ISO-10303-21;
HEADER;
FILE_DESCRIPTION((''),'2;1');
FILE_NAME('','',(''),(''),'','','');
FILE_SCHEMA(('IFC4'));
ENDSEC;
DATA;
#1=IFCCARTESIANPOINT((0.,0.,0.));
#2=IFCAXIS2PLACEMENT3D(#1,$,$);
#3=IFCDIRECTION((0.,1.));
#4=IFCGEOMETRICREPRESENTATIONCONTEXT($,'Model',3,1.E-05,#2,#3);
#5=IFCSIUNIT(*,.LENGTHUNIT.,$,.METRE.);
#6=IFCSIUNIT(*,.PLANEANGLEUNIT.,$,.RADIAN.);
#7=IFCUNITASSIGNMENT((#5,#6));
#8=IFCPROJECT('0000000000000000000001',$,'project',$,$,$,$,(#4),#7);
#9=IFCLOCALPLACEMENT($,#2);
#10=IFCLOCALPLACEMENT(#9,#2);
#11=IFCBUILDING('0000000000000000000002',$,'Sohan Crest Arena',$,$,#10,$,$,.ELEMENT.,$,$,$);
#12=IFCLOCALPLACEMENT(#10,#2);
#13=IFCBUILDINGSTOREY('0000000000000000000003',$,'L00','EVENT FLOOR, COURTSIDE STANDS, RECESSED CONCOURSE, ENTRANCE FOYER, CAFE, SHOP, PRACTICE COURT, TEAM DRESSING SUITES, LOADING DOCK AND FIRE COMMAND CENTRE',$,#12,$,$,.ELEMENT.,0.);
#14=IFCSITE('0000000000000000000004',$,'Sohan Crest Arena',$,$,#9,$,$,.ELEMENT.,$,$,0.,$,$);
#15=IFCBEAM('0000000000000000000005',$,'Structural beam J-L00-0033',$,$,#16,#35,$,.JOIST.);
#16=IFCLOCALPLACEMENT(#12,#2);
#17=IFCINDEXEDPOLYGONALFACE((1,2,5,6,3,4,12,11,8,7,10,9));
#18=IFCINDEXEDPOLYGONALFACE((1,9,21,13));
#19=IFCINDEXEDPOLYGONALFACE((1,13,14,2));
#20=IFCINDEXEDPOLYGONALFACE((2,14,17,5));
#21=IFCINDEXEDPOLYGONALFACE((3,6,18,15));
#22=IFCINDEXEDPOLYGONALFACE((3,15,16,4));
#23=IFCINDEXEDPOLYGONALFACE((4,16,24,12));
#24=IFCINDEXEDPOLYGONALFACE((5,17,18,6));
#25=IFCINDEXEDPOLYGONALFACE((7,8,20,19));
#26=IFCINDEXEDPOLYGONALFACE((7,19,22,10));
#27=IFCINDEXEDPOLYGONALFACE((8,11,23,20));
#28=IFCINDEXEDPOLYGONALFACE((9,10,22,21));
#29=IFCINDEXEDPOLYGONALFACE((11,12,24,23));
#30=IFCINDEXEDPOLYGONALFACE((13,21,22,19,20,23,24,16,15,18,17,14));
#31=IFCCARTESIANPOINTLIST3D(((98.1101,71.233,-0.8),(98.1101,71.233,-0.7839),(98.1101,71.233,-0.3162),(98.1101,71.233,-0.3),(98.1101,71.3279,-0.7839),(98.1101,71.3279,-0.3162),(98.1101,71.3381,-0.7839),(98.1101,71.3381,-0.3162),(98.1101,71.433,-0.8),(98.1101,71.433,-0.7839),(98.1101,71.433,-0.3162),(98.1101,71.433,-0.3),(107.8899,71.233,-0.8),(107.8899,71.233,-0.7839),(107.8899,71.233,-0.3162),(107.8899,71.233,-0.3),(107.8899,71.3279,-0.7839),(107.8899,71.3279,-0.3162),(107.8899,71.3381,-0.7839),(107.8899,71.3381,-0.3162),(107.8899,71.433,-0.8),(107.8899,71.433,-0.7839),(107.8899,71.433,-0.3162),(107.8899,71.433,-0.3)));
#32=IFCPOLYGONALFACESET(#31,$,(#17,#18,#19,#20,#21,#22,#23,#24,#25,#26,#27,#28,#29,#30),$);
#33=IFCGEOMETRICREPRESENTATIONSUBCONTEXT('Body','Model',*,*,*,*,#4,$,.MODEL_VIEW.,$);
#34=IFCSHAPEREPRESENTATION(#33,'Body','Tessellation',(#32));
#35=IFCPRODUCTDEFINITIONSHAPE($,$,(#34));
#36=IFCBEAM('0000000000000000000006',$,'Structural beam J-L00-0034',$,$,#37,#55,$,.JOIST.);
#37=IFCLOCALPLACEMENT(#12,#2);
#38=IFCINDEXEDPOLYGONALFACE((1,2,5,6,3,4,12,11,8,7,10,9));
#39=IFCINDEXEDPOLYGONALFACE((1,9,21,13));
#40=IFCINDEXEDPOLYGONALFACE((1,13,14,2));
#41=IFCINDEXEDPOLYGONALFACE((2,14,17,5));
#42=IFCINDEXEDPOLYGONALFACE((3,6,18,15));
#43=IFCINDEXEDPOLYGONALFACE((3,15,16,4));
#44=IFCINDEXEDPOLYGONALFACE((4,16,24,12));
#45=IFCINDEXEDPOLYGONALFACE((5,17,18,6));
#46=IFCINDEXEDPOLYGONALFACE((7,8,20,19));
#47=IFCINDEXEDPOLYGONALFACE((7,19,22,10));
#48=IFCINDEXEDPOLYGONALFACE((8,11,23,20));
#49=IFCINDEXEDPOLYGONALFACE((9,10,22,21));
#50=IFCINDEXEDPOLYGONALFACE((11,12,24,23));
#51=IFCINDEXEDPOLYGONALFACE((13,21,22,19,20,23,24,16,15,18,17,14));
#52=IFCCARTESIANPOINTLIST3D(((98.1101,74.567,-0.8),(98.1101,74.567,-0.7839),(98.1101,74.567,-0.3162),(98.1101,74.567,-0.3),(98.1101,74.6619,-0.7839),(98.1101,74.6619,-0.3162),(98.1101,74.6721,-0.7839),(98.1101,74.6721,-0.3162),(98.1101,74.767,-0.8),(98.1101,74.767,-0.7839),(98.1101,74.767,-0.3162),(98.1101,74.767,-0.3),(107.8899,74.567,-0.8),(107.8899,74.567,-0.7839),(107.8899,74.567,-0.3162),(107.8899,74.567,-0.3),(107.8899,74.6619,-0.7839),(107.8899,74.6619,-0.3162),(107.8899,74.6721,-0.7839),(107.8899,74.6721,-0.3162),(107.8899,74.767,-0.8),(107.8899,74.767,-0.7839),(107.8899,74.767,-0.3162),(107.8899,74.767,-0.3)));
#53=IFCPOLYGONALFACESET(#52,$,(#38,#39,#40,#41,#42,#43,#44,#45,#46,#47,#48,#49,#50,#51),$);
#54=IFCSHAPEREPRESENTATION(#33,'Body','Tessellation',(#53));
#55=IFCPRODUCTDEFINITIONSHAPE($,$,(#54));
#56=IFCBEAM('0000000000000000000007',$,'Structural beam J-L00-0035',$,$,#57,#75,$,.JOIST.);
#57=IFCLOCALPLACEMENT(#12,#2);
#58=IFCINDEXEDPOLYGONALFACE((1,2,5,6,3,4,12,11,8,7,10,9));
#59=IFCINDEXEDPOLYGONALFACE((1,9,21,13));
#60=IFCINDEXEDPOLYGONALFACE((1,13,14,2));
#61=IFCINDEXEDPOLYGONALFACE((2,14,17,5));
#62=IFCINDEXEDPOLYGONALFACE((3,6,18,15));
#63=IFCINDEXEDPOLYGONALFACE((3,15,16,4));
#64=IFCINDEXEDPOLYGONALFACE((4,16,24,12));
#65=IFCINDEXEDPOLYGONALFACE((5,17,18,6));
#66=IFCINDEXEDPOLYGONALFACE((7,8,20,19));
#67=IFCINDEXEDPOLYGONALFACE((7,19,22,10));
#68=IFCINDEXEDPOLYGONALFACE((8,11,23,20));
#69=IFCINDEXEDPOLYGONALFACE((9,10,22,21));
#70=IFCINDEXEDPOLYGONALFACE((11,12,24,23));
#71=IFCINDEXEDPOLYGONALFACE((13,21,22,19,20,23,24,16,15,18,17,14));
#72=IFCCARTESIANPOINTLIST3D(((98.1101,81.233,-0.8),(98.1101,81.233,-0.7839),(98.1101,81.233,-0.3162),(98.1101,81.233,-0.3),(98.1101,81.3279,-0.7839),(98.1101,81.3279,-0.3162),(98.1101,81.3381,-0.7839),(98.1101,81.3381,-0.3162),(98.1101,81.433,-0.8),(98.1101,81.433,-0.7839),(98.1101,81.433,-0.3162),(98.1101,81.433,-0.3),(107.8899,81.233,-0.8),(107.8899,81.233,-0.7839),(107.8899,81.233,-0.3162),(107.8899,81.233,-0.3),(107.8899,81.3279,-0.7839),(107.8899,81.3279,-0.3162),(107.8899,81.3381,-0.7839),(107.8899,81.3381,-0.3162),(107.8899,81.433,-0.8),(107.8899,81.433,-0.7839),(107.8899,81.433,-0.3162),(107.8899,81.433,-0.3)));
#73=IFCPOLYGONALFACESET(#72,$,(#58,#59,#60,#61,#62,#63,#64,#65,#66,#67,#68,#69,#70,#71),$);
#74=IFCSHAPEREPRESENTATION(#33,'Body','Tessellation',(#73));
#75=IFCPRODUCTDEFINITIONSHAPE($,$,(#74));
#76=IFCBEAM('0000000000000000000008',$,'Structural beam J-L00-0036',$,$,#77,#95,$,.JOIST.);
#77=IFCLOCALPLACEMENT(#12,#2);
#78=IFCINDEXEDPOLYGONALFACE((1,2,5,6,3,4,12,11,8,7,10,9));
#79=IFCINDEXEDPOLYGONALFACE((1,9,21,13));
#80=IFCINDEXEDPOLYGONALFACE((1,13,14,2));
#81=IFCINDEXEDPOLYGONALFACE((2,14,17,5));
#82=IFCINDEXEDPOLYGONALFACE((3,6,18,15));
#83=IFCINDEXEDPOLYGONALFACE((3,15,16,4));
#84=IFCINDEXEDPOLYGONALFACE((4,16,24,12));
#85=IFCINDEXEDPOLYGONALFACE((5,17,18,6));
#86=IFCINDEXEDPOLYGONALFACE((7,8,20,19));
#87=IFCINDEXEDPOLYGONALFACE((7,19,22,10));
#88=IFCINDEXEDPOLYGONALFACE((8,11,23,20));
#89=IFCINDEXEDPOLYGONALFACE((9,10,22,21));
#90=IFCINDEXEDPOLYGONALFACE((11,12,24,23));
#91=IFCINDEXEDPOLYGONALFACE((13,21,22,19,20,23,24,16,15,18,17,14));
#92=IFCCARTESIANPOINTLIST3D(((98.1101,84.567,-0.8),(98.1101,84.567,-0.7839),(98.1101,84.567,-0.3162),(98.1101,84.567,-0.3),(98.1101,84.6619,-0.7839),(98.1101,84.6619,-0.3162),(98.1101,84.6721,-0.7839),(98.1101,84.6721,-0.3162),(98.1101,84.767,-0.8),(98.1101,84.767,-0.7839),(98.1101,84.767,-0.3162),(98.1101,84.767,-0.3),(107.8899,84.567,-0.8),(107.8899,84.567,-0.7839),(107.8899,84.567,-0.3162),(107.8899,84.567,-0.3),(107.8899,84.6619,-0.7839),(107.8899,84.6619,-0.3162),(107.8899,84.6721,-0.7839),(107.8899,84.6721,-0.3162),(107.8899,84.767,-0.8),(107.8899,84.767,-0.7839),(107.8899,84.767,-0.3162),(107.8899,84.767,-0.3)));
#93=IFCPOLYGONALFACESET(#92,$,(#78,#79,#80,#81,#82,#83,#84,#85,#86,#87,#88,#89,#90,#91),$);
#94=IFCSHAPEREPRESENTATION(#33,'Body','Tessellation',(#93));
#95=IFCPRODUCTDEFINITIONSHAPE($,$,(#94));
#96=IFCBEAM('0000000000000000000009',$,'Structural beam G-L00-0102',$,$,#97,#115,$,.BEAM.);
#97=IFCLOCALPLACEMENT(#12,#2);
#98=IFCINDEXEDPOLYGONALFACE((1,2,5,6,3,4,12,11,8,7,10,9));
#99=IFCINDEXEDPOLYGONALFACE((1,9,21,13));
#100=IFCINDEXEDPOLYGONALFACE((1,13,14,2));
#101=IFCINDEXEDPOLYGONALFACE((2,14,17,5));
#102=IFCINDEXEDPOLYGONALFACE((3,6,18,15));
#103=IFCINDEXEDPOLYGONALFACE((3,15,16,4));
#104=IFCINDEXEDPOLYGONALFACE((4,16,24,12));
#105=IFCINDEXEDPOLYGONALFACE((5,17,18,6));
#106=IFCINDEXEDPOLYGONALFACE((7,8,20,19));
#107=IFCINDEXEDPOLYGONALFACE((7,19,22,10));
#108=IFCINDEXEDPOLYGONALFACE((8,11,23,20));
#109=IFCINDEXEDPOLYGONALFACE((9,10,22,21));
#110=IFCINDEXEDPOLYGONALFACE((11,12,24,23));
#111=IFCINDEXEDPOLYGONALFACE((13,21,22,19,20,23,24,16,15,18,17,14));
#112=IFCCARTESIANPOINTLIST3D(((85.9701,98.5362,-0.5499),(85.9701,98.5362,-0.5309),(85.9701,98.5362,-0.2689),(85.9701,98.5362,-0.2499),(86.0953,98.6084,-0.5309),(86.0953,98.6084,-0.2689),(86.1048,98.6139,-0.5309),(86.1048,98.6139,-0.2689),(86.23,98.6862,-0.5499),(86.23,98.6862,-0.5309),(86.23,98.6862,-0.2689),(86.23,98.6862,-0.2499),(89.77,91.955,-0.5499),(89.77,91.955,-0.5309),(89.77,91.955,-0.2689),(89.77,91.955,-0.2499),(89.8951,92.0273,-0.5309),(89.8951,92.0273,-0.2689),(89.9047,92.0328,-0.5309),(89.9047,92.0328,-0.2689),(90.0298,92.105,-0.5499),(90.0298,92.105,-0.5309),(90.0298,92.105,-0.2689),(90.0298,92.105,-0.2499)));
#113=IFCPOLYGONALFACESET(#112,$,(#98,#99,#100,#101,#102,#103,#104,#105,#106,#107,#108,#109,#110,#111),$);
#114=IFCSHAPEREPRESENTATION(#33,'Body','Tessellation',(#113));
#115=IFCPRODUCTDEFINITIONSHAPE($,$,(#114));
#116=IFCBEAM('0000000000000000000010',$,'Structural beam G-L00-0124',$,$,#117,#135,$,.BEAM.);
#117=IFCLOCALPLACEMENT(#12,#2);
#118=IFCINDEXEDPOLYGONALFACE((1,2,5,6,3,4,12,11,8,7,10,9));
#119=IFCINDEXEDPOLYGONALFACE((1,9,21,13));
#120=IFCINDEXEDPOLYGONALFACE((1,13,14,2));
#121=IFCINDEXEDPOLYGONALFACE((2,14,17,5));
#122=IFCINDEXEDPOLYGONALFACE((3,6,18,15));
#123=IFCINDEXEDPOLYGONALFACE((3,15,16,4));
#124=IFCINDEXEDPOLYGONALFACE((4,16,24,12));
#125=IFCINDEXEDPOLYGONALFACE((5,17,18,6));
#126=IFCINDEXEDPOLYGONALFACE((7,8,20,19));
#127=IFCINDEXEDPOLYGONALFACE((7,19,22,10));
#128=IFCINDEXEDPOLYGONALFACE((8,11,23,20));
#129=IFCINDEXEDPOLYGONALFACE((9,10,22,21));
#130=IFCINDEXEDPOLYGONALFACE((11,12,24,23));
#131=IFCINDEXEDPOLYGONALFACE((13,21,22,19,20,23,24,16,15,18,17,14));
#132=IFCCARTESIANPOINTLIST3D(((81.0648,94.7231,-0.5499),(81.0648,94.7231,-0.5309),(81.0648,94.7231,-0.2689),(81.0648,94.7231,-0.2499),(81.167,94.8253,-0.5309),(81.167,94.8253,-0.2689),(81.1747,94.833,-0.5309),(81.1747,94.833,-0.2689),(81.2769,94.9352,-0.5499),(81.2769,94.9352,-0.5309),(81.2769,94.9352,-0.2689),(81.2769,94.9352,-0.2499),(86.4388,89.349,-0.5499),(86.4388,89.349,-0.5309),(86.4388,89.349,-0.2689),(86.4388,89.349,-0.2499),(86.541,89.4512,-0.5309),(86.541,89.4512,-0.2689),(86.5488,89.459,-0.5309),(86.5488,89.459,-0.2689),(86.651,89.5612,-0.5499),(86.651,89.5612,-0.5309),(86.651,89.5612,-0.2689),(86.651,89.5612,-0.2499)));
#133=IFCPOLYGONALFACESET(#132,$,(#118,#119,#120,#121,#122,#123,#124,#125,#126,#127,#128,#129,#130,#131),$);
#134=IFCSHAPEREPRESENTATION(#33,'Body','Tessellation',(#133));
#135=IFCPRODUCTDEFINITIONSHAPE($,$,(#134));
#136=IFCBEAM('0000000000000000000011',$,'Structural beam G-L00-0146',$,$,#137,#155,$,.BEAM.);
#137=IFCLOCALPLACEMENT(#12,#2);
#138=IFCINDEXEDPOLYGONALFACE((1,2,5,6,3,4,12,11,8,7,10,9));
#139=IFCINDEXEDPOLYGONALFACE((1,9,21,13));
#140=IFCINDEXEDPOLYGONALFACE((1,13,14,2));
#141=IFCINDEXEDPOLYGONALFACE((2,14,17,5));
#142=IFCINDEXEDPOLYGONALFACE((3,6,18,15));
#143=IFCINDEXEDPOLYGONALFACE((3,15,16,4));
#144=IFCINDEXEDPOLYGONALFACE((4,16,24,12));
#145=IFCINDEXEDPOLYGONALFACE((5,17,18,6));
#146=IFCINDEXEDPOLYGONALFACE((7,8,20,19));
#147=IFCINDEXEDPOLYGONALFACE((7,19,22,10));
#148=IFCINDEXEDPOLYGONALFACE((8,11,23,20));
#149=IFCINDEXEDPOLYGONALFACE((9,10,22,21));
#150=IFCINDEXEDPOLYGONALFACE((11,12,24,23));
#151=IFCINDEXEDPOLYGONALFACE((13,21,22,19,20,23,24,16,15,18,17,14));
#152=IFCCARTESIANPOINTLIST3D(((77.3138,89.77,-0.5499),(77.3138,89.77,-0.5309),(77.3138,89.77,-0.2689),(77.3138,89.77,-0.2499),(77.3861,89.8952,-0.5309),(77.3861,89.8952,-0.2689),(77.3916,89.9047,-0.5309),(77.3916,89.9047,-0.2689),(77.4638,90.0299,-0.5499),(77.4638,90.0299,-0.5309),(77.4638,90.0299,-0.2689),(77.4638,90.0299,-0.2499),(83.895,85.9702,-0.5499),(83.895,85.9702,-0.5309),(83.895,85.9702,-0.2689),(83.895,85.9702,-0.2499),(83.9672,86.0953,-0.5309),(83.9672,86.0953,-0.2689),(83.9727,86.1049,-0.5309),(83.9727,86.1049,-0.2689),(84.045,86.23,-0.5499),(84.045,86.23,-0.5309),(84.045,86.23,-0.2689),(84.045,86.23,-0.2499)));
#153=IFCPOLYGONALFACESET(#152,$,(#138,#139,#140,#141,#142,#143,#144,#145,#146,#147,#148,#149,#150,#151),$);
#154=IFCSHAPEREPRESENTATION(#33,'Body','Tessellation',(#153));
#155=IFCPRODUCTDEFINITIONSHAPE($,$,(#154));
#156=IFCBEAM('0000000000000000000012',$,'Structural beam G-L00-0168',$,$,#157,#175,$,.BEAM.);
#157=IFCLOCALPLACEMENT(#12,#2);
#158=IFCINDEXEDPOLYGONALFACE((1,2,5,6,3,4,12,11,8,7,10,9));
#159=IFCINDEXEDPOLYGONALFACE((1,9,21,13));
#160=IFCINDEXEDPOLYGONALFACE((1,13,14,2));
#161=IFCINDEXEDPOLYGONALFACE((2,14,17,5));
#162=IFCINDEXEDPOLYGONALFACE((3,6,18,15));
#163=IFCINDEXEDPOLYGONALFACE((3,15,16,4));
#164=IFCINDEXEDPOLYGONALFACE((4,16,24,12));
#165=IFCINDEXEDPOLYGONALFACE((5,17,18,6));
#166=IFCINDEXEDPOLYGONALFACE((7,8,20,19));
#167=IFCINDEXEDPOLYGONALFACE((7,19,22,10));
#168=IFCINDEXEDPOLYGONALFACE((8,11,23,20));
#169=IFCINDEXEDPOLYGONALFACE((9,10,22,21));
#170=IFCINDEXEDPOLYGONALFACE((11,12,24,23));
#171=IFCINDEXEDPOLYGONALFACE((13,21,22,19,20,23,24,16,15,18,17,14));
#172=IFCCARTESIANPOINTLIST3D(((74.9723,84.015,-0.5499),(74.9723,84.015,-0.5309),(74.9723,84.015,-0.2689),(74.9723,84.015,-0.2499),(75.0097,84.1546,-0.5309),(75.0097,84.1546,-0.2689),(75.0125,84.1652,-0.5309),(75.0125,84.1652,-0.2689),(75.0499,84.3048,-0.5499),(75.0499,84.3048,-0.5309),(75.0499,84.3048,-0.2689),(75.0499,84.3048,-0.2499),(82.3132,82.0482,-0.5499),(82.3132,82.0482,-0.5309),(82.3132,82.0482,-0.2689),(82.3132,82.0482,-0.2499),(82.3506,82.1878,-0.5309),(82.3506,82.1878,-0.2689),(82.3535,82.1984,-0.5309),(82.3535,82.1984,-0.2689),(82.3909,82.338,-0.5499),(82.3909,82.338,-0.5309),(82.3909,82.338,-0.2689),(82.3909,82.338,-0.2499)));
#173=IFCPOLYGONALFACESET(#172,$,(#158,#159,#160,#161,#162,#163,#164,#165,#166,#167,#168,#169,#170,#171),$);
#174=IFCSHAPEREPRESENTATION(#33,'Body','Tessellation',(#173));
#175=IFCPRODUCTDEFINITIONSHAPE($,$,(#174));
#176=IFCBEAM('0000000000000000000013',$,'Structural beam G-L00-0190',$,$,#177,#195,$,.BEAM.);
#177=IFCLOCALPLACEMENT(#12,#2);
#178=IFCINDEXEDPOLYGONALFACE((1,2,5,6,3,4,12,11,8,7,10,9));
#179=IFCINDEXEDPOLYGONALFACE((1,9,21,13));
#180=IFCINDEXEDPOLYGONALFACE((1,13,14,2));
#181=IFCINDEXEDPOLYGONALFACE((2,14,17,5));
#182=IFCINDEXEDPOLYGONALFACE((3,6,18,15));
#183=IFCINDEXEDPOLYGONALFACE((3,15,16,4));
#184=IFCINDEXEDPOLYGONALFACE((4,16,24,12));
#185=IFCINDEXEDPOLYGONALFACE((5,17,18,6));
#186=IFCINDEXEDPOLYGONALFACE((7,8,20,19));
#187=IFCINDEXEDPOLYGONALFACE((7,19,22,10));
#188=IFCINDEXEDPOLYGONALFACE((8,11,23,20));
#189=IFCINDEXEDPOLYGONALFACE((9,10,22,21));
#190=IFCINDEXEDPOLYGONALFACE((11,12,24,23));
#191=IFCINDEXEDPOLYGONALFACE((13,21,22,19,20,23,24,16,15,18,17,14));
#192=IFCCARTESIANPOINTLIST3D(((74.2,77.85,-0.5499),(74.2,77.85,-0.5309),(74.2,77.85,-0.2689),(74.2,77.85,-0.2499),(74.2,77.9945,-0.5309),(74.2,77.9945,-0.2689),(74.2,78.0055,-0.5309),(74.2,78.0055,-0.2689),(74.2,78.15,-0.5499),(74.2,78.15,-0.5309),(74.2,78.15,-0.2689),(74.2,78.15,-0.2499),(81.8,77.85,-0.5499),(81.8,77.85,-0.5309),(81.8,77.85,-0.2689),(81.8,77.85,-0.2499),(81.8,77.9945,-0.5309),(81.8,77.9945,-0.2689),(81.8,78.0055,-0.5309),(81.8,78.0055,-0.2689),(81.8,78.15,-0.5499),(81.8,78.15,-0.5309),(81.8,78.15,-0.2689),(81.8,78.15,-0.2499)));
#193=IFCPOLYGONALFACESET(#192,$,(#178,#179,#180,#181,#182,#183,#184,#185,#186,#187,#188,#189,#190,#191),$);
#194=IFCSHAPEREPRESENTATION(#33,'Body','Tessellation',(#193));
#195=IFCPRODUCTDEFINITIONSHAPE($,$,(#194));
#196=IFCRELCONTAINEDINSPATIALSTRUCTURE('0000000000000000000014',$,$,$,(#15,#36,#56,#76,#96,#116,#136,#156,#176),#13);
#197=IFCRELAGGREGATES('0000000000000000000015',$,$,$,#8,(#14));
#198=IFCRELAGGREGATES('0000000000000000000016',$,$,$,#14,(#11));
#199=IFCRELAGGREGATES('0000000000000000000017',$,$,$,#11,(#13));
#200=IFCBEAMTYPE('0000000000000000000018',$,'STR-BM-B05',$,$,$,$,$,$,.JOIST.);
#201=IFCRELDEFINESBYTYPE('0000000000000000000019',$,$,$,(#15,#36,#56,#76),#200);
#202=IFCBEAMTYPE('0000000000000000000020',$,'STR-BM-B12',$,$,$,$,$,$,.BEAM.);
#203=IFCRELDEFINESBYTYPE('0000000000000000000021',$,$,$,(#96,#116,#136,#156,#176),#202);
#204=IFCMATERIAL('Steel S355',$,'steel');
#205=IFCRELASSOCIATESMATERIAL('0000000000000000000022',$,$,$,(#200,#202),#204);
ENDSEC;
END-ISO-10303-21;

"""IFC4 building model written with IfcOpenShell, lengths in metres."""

from ifc_helpers import new_model, si_unit, direction, frame, origin, origin_2d, place, context, subcontext, project, spatial, i_section, extrude, material, material_profile, profile_set, type_object, element, save


model = new_model("IFC4")

# Units and contexts
model_context = context("Model", 3, precision=1e-05, world=origin(), true_north=direction((0.0, 1.0)))
body_context = subcontext(model_context, "Body", "Model", "MODEL_VIEW")
ifc_project = project(units=[si_unit("LENGTHUNIT", "METRE"), si_unit("PLANEANGLEUNIT", "RADIAN")], contexts=[model_context])

# Site, building, storey
site_placement = place(None, origin())
site = spatial("IfcSite", under=ifc_project, at=site_placement, Name="Sohan Crest Arena", CompositionType="ELEMENT", RefElevation=0.0)
building_placement = place(site_placement, origin())
building = spatial("IfcBuilding", under=site, at=building_placement, Name="Sohan Crest Arena", CompositionType="ELEMENT")
storey_placement = place(building_placement, origin())
storey = spatial("IfcBuildingStorey", under=building, at=storey_placement, Name="L00", Description="EVENT FLOOR, COURTSIDE STANDS, RECESSED CONCOURSE, ENTRANCE FOYER, CAFE, SHOP, PRACTICE COURT, TEAM DRESSING SUITES, LOADING DOCK AND FIRE COMMAND CENTRE", CompositionType="ELEMENT", Elevation=0.0)

# Beams
ifc_material_1 = material(Name="Steel S355", Category="steel")
ifc_material_profile_1 = material_profile(ifc_material_1, i_section(OverallWidth=0.2, OverallDepth=0.5, WebThickness=0.0103, FlangeThickness=0.0161, at=origin_2d()), Name="IPE 500")
ifc_profile_set_1 = profile_set([ifc_material_profile_1], Name="Steel S355")
beam_type_1 = type_object("IfcBeamType", Name="STR-BM-B05", PredefinedType="JOIST", material=ifc_profile_set_1)
for number, where, z_axis, x_axis, name in (
    (1, (98.1101, 71.333, -0.55), (1.0, 0.0, 0.0), (0.0, 1.0, 0.0), "Structural beam J-L00-0033"),
    (2, (98.1101, 74.667, -0.55), (1.0, 0.0, 0.0), (0.0, 1.0, 0.0), "Structural beam J-L00-0034"),
    (3, (98.1101, 81.333, -0.55), (1.0, 0.0, 0.0), (0.0, 1.0, 0.0), "Structural beam J-L00-0035"),
    (4, (98.1101, 84.667, -0.55), (1.0, 0.0, 0.0), (0.0, 1.0, 0.0), "Structural beam J-L00-0036"),
):
    element("IfcBeam", number, at=place(storey_placement, frame(where, z_axis=z_axis, x_axis=x_axis)), inside=storey, type_object=beam_type_1, Name=name, PredefinedType="JOIST", context=body_context, shape_type="SweptSolid", body=[
        extrude(i_section(OverallWidth=0.2, OverallDepth=0.5, WebThickness=0.0103, FlangeThickness=0.0161, at=origin_2d()), origin(), (0.0, 0.0, 1.0), 9.7798),
    ])
ifc_material_profile_2 = material_profile(ifc_material_1, i_section(OverallWidth=0.3, OverallDepth=0.3, WebThickness=0.011, FlangeThickness=0.019, at=origin_2d()), Name="HEB 300")
ifc_profile_set_2 = profile_set([ifc_material_profile_2], Name="Steel S355")
beam_type_2 = type_object("IfcBeamType", Name="STR-BM-B12", PredefinedType="BEAM", material=ifc_profile_set_2)
beam_1_placement = place(storey_placement, frame((89.8999, 92.03, -0.3999), z_axis=(-0.500023, 0.866012, 0.0), x_axis=(-0.866012, -0.500023, 0.0)))
element("IfcBeam", 5, at=beam_1_placement, inside=storey, type_object=beam_type_2, Name="Structural beam G-L00-0102", PredefinedType="BEAM", context=body_context, shape_type="SweptSolid", body=[
    extrude(i_section(OverallWidth=0.3, OverallDepth=0.3, WebThickness=0.011, FlangeThickness=0.019, at=origin_2d()), origin(), (0.0, 0.0, 1.0), 7.5994),
])
beam_2_placement = place(storey_placement, frame((86.5449, 89.4551, -0.3999), z_axis=(-0.707107, 0.707107, 0.0), x_axis=(-0.707107, -0.707107, 0.0)))
element("IfcBeam", 6, at=beam_2_placement, inside=storey, type_object=beam_type_2, Name="Structural beam G-L00-0124", PredefinedType="BEAM", context=body_context, shape_type="SweptSolid", body=[
    extrude(i_section(OverallWidth=0.3, OverallDepth=0.3, WebThickness=0.011, FlangeThickness=0.019, at=origin_2d()), origin(), (0.0, 0.0, 1.0), 7.6001),
])
beam_3_placement = place(storey_placement, frame((83.97, 86.1001, -0.3999), z_axis=(-0.866012, 0.500023, 0.0), x_axis=(-0.500023, -0.866012, 0.0)))
element("IfcBeam", 7, at=beam_3_placement, inside=storey, type_object=beam_type_2, Name="Structural beam G-L00-0146", PredefinedType="BEAM", context=body_context, shape_type="SweptSolid", body=[
    extrude(i_section(OverallWidth=0.3, OverallDepth=0.3, WebThickness=0.011, FlangeThickness=0.019, at=origin_2d()), origin(), (0.0, 0.0, 1.0), 7.5994),
])
beam_4_placement = place(storey_placement, frame((82.3521, 82.1931, -0.3999), z_axis=(-0.965934, 0.25879, 0.0), x_axis=(-0.25879, -0.965934, 0.0)))
element("IfcBeam", 8, at=beam_4_placement, inside=storey, type_object=beam_type_2, Name="Structural beam G-L00-0168", PredefinedType="BEAM", context=body_context, shape_type="SweptSolid", body=[
    extrude(i_section(OverallWidth=0.3, OverallDepth=0.3, WebThickness=0.011, FlangeThickness=0.019, at=origin_2d()), origin(), (0.0, 0.0, 1.0), 7.5999),
])
beam_5_placement = place(storey_placement, frame((81.8, 78.0, -0.3999), z_axis=(-1.0, 0.0, 0.0), x_axis=(0.0, -1.0, 0.0)))
element("IfcBeam", 9, at=beam_5_placement, inside=storey, type_object=beam_type_2, Name="Structural beam G-L00-0190", PredefinedType="BEAM", context=body_context, shape_type="SweptSolid", body=[
    extrude(i_section(OverallWidth=0.3, OverallDepth=0.3, WebThickness=0.011, FlangeThickness=0.019, at=origin_2d()), origin(), (0.0, 0.0, 1.0), 7.6001),
])

save(model, "model.ifc")
